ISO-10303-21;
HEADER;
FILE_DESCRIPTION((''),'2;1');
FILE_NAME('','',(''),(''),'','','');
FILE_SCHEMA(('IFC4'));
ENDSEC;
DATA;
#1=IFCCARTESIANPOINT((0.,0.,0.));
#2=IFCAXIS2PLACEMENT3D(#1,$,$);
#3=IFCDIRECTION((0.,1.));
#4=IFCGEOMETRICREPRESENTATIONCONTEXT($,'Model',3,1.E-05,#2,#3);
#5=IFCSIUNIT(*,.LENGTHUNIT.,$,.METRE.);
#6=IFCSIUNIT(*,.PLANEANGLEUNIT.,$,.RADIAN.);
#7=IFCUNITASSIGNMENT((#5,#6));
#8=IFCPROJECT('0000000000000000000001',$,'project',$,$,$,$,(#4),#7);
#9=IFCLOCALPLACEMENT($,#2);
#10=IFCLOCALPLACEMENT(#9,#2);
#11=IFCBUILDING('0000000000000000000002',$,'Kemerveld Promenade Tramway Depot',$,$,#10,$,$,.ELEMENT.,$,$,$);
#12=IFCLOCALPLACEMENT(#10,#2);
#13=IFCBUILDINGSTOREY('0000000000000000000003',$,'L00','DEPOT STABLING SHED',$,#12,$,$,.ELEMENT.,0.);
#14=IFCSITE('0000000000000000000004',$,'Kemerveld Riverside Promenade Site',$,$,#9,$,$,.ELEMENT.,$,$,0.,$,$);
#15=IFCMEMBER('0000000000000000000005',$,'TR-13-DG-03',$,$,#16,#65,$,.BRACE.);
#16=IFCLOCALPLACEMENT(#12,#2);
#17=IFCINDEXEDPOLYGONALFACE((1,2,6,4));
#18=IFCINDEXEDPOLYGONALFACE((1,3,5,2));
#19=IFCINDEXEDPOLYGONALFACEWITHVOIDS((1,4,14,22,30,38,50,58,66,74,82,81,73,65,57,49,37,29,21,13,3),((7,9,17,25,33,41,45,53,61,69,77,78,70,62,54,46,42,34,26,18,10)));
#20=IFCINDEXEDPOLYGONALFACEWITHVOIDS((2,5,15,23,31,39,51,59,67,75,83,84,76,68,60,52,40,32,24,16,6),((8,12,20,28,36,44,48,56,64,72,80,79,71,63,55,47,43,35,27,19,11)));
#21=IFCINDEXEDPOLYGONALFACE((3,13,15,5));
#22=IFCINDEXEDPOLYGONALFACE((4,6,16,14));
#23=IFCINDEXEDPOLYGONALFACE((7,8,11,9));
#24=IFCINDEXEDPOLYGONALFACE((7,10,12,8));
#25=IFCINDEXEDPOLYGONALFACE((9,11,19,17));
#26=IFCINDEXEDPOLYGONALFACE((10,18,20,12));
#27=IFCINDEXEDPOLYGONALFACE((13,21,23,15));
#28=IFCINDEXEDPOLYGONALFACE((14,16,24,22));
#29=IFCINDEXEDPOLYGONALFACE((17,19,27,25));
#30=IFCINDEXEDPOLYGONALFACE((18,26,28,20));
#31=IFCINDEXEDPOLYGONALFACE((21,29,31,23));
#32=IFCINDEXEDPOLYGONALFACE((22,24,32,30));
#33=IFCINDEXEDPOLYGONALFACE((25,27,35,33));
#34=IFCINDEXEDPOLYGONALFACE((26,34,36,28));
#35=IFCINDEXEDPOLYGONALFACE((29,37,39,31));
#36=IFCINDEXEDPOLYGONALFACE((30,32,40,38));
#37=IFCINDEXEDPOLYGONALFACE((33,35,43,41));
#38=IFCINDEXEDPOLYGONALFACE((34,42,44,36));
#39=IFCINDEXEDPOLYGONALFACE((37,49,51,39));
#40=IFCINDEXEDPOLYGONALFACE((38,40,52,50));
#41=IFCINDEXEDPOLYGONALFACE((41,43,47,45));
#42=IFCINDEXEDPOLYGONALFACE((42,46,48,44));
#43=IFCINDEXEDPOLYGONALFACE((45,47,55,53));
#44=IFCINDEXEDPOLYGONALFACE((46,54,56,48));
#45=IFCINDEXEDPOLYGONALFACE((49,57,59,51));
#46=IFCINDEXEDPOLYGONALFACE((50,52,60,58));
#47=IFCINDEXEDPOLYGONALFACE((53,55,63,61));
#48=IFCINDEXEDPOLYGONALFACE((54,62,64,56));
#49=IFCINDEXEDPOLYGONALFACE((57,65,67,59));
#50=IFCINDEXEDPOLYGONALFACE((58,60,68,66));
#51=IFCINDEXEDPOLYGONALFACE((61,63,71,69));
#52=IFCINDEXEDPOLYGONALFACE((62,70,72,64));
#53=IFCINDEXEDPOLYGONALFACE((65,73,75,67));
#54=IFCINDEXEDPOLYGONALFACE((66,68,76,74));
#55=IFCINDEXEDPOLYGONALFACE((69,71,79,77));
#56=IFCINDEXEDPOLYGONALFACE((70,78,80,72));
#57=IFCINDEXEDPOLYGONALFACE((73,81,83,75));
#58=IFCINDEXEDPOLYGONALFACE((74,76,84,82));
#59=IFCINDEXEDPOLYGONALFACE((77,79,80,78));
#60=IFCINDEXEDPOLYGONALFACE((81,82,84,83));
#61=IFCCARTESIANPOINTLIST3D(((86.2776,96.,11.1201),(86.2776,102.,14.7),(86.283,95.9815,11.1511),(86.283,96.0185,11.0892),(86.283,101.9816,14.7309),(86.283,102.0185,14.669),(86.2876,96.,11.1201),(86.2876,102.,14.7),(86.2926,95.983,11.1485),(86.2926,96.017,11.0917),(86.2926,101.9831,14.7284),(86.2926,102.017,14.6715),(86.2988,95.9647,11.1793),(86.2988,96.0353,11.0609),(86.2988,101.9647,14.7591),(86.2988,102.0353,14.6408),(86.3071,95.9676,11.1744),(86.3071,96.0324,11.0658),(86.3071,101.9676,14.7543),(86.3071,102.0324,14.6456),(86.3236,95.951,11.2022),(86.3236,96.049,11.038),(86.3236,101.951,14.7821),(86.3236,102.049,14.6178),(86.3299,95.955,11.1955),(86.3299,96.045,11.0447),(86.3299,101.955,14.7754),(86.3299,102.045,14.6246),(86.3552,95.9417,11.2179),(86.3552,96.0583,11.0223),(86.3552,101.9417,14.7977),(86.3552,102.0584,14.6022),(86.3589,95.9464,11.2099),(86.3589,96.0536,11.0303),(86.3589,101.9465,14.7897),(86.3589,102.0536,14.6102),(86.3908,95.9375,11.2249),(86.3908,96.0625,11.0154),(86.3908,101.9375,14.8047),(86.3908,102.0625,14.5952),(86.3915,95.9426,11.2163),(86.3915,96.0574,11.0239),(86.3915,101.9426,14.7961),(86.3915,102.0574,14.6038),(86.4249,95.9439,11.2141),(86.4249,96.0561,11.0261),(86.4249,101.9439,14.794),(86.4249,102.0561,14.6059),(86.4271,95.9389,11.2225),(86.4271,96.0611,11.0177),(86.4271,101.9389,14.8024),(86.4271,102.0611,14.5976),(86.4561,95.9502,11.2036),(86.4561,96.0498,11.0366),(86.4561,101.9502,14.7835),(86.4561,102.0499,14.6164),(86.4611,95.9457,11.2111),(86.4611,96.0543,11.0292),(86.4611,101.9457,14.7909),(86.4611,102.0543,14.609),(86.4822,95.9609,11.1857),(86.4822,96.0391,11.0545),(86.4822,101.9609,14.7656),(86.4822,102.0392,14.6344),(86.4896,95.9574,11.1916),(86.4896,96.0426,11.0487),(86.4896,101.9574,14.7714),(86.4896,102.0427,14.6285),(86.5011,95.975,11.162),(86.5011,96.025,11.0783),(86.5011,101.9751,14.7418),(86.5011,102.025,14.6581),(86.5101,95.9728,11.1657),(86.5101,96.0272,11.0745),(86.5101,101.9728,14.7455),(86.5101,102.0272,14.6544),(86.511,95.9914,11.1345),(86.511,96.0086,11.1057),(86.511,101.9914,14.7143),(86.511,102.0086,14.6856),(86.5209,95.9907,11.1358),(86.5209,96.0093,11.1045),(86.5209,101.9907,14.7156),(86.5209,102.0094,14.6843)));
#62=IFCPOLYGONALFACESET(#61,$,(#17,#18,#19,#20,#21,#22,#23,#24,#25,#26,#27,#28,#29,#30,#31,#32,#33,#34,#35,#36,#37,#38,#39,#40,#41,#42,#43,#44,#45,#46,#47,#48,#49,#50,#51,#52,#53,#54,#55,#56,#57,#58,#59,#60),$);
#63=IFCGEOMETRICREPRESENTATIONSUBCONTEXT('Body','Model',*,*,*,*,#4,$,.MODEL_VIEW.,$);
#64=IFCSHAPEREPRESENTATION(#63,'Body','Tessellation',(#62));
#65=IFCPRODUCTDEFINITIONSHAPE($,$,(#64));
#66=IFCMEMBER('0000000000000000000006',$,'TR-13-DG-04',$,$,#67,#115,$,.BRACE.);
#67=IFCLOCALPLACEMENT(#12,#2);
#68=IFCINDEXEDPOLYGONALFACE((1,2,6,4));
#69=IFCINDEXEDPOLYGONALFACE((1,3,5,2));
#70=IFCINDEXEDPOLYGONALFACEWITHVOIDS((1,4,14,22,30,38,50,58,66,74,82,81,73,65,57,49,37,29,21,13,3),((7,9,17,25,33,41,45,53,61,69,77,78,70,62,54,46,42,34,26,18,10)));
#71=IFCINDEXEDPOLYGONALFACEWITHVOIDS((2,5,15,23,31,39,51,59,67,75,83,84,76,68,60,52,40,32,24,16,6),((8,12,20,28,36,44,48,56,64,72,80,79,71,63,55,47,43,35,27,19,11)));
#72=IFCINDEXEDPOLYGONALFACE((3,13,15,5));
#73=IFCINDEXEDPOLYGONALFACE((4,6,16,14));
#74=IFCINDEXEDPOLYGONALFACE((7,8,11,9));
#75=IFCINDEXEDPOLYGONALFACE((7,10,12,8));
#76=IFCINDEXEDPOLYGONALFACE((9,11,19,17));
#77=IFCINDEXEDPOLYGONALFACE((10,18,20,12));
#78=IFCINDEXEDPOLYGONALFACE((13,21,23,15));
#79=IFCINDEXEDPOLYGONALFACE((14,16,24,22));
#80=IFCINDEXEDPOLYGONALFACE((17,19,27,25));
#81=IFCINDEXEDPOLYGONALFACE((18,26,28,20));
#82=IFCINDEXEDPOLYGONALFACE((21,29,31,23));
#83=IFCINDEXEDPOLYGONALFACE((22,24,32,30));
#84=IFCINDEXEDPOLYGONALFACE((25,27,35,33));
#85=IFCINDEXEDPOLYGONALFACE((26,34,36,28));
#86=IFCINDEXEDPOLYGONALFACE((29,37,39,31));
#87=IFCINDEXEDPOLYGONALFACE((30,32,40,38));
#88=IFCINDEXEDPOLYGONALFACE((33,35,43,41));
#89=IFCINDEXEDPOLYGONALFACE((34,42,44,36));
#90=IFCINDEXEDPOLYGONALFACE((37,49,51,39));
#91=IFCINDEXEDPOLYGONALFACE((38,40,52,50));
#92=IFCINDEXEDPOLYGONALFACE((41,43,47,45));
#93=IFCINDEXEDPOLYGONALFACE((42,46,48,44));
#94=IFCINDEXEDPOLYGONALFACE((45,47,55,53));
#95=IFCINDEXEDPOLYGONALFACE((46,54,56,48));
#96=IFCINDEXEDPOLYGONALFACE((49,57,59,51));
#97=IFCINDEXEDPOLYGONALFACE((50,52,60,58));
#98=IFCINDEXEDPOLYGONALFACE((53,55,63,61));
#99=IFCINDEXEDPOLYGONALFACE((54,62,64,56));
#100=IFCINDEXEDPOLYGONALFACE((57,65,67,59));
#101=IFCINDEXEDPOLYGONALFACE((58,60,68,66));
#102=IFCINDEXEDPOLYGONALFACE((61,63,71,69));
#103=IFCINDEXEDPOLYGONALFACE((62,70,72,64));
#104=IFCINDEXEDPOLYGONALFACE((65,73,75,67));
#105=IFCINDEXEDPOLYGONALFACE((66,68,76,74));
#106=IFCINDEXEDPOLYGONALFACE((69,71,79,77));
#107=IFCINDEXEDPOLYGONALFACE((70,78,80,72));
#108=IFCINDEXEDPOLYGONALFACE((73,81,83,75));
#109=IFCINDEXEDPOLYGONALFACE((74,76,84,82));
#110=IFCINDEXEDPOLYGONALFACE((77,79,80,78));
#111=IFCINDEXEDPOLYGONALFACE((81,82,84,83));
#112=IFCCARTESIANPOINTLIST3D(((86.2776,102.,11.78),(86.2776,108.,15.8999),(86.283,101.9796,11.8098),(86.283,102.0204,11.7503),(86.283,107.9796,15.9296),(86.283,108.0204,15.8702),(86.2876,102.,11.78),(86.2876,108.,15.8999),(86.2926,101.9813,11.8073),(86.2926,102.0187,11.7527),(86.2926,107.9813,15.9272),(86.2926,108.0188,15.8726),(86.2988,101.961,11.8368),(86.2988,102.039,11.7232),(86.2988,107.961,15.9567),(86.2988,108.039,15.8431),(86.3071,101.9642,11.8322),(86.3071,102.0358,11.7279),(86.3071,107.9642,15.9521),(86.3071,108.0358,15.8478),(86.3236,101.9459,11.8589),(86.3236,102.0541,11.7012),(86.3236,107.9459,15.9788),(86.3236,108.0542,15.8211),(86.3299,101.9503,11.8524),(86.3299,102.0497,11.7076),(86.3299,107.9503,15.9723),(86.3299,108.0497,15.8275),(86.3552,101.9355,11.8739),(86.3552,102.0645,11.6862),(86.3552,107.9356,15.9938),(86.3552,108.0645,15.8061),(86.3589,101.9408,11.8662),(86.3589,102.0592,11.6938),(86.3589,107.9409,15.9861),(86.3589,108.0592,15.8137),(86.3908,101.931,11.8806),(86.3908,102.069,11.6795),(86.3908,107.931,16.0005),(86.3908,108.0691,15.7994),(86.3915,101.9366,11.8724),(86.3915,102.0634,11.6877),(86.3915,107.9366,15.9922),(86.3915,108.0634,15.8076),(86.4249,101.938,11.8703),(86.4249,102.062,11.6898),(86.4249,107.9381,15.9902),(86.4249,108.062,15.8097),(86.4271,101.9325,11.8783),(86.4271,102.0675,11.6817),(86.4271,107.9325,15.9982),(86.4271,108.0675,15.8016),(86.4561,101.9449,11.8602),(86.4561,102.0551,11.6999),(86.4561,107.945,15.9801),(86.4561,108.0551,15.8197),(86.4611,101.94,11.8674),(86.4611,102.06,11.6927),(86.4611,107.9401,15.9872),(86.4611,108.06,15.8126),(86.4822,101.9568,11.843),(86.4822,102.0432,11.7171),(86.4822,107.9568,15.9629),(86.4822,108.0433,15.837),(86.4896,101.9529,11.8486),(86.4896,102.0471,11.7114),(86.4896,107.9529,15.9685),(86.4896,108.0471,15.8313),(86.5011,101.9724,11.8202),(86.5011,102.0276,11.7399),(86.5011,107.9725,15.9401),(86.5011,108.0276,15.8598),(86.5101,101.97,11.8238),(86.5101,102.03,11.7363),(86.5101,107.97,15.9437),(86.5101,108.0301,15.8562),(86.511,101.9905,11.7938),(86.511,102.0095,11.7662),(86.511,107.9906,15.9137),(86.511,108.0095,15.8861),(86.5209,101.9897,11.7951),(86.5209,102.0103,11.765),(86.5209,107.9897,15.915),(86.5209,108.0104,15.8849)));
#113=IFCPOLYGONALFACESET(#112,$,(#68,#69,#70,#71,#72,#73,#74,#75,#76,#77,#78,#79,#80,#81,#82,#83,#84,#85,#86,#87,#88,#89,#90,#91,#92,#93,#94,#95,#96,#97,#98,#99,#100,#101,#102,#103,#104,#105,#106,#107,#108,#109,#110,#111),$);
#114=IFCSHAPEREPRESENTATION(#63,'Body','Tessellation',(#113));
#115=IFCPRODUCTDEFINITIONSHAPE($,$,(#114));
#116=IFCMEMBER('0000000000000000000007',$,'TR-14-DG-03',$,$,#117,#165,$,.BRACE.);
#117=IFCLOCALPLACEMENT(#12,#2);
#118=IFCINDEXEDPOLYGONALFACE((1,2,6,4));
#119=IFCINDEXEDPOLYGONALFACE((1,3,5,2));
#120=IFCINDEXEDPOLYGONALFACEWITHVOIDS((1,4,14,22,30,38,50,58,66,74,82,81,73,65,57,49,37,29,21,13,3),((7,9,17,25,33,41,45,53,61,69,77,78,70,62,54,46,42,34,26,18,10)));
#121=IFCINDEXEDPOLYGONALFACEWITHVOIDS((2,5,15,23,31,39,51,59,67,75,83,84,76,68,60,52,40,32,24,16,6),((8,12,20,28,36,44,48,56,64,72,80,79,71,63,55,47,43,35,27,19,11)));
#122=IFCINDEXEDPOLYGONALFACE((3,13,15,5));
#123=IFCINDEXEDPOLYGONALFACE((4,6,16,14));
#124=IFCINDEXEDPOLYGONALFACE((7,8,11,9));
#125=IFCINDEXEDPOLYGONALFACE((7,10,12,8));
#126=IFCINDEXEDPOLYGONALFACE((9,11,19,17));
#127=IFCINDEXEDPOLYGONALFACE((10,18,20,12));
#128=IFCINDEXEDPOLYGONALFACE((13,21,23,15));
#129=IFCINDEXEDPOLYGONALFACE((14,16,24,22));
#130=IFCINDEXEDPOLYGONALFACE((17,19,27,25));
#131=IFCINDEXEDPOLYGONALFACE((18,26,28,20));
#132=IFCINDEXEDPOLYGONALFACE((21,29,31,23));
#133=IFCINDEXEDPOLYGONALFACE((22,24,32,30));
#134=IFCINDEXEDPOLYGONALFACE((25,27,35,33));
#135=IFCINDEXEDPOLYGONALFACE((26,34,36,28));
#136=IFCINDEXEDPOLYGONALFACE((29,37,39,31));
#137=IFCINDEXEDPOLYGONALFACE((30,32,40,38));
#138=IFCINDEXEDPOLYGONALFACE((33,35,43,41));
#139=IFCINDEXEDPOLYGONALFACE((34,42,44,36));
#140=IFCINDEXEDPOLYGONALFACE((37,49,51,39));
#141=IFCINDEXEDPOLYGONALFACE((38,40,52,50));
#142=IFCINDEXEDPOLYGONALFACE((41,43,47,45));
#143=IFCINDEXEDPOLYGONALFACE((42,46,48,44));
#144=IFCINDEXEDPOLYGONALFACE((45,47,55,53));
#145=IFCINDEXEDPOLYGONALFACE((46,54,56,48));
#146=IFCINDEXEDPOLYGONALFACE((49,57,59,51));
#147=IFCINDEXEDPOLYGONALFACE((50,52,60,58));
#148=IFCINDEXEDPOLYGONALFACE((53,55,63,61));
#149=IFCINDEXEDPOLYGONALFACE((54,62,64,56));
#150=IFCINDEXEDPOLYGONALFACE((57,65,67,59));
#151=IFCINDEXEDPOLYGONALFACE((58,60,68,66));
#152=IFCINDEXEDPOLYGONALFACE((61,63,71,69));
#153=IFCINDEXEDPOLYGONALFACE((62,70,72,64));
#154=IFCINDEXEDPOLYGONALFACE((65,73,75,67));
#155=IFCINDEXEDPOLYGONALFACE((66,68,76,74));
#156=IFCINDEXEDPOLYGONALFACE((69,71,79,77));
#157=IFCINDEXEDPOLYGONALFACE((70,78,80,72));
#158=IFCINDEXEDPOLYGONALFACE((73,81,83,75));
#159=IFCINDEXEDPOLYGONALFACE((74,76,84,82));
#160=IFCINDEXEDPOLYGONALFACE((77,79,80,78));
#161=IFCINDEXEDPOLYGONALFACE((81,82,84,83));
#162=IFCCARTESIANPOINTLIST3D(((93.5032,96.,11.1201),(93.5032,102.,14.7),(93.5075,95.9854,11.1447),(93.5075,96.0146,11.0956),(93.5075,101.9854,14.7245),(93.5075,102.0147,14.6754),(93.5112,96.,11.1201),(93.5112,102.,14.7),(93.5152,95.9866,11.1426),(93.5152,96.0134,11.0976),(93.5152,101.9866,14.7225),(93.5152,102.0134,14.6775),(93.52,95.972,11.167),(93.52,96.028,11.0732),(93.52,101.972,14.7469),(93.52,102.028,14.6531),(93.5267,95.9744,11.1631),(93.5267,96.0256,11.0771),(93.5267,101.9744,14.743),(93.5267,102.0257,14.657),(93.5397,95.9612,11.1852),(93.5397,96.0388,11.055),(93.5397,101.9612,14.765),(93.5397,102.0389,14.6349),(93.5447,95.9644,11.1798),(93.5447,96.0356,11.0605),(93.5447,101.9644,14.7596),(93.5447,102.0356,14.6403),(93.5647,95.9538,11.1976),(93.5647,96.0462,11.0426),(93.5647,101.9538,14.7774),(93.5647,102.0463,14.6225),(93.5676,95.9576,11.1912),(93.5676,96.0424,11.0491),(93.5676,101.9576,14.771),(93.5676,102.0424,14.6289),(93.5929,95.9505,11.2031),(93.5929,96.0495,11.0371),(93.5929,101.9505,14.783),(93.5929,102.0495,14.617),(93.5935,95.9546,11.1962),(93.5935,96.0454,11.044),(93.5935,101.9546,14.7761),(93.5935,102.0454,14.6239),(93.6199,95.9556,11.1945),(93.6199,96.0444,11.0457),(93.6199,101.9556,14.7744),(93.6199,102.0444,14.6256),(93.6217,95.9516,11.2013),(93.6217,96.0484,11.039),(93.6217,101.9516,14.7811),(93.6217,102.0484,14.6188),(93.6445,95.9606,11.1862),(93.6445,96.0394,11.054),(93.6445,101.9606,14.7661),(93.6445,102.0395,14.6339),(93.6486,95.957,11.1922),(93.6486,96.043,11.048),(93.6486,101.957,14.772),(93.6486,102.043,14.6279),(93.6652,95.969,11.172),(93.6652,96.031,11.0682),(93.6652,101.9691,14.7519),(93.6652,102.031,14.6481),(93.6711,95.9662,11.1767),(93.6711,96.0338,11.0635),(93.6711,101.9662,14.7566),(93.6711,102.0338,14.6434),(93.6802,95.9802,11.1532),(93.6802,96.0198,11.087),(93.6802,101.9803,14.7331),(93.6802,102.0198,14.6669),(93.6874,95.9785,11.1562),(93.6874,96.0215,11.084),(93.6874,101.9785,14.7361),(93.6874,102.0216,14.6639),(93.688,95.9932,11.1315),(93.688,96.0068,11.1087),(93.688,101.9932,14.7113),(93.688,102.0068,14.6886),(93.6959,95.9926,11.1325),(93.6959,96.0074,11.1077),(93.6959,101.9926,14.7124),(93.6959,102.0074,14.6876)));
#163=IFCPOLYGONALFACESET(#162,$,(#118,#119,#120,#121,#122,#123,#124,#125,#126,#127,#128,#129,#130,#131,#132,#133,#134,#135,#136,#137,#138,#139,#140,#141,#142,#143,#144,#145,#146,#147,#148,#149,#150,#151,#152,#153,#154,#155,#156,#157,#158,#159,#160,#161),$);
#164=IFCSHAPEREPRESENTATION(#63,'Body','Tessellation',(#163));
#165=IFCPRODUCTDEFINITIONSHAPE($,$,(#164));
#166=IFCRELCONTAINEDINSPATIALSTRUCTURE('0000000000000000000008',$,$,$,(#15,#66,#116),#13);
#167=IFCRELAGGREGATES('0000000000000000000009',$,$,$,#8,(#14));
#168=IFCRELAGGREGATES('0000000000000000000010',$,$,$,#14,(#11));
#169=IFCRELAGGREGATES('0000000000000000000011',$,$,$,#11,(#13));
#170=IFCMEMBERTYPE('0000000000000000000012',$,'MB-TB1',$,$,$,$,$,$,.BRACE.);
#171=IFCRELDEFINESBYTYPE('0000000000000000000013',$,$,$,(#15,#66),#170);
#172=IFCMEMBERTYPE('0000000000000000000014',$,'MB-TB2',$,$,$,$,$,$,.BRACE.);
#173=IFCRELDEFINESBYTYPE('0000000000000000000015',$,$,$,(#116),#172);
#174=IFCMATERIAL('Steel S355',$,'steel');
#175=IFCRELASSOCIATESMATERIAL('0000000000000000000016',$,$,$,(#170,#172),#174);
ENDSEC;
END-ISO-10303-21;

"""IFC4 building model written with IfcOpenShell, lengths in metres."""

from ifc_helpers import new_model, si_unit, direction, frame, origin, origin_2d, place, context, subcontext, project, spatial, hollow_circle, extrude, material, material_profile, profile_set, type_object, element, save


model = new_model("IFC4")

# Units and contexts
model_context = context("Model", 3, precision=1e-05, world=origin(), true_north=direction((0.0, 1.0)))
body_context = subcontext(model_context, "Body", "Model", "MODEL_VIEW")
ifc_project = project(units=[si_unit("LENGTHUNIT", "METRE"), si_unit("PLANEANGLEUNIT", "RADIAN")], contexts=[model_context])

# Site, building, storey
site_placement = place(None, origin())
site = spatial("IfcSite", under=ifc_project, at=site_placement, Name="Kemerveld Riverside Promenade Site", CompositionType="ELEMENT", RefElevation=0.0)
building_placement = place(site_placement, origin())
building = spatial("IfcBuilding", under=site, at=building_placement, Name="Kemerveld Promenade Tramway Depot", CompositionType="ELEMENT")
storey_placement = place(building_placement, origin())
storey = spatial("IfcBuildingStorey", under=building, at=storey_placement, Name="L00", Description="DEPOT STABLING SHED", CompositionType="ELEMENT", Elevation=0.0)

# Members
ifc_material_1 = material(Name="Steel S355", Category="steel")
ifc_material_profile_1 = material_profile(ifc_material_1, hollow_circle(Radius=0.1223, WallThickness=0.01, at=origin_2d()), Name="244.5x10.0 CHS")
ifc_profile_set_1 = profile_set([ifc_material_profile_1], Name="Steel S355")
member_type_1 = type_object("IfcMemberType", Name="MB-TB1", PredefinedType="BRACE", material=ifc_profile_set_1)
member_1_placement = place(storey_placement, frame((86.3999, 96.0, 11.1201), z_axis=(0.0, 0.858764, 0.512372), x_axis=(-1.0, 0.0, 0.0)))
element("IfcMember", 1, at=member_1_placement, inside=storey, type_object=member_type_1, Name="TR-13-DG-03", PredefinedType="BRACE", context=body_context, shape_type="SweptSolid", body=[
    extrude(hollow_circle(Radius=0.1223, WallThickness=0.01, at=origin_2d()), origin(), (0.0, 0.0, 1.0), 6.9868),
])
member_2_placement = place(storey_placement, frame((86.3999, 102.0, 11.78), z_axis=(0.0, 0.824371, 0.56605), x_axis=(-1.0, 0.0, 0.0)))
element("IfcMember", 2, at=member_2_placement, inside=storey, type_object=member_type_1, Name="TR-13-DG-04", PredefinedType="BRACE", context=body_context, shape_type="SweptSolid", body=[
    extrude(hollow_circle(Radius=0.1223, WallThickness=0.01, at=origin_2d()), origin(), (0.0, 0.0, 1.0), 7.2783),
])
ifc_material_profile_2 = material_profile(ifc_material_1, hollow_circle(Radius=0.0969, WallThickness=0.0081, at=origin_2d()), Name="193.7x8.0 CHS")
ifc_profile_set_2 = profile_set([ifc_material_profile_2], Name="Steel S355")
member_type_2 = type_object("IfcMemberType", Name="MB-TB2", PredefinedType="BRACE", material=ifc_profile_set_2)
member_3_placement = place(storey_placement, frame((93.6001, 96.0, 11.1201), z_axis=(0.0, 0.858764, 0.512372), x_axis=(-1.0, 0.0, 0.0)))
element("IfcMember", 3, at=member_3_placement, inside=storey, type_object=member_type_2, Name="TR-14-DG-03", PredefinedType="BRACE", context=body_context, shape_type="SweptSolid", body=[
    extrude(hollow_circle(Radius=0.0969, WallThickness=0.0081, at=origin_2d()), origin(), (0.0, 0.0, 1.0), 6.9868),
])

save(model, "model.ifc")
